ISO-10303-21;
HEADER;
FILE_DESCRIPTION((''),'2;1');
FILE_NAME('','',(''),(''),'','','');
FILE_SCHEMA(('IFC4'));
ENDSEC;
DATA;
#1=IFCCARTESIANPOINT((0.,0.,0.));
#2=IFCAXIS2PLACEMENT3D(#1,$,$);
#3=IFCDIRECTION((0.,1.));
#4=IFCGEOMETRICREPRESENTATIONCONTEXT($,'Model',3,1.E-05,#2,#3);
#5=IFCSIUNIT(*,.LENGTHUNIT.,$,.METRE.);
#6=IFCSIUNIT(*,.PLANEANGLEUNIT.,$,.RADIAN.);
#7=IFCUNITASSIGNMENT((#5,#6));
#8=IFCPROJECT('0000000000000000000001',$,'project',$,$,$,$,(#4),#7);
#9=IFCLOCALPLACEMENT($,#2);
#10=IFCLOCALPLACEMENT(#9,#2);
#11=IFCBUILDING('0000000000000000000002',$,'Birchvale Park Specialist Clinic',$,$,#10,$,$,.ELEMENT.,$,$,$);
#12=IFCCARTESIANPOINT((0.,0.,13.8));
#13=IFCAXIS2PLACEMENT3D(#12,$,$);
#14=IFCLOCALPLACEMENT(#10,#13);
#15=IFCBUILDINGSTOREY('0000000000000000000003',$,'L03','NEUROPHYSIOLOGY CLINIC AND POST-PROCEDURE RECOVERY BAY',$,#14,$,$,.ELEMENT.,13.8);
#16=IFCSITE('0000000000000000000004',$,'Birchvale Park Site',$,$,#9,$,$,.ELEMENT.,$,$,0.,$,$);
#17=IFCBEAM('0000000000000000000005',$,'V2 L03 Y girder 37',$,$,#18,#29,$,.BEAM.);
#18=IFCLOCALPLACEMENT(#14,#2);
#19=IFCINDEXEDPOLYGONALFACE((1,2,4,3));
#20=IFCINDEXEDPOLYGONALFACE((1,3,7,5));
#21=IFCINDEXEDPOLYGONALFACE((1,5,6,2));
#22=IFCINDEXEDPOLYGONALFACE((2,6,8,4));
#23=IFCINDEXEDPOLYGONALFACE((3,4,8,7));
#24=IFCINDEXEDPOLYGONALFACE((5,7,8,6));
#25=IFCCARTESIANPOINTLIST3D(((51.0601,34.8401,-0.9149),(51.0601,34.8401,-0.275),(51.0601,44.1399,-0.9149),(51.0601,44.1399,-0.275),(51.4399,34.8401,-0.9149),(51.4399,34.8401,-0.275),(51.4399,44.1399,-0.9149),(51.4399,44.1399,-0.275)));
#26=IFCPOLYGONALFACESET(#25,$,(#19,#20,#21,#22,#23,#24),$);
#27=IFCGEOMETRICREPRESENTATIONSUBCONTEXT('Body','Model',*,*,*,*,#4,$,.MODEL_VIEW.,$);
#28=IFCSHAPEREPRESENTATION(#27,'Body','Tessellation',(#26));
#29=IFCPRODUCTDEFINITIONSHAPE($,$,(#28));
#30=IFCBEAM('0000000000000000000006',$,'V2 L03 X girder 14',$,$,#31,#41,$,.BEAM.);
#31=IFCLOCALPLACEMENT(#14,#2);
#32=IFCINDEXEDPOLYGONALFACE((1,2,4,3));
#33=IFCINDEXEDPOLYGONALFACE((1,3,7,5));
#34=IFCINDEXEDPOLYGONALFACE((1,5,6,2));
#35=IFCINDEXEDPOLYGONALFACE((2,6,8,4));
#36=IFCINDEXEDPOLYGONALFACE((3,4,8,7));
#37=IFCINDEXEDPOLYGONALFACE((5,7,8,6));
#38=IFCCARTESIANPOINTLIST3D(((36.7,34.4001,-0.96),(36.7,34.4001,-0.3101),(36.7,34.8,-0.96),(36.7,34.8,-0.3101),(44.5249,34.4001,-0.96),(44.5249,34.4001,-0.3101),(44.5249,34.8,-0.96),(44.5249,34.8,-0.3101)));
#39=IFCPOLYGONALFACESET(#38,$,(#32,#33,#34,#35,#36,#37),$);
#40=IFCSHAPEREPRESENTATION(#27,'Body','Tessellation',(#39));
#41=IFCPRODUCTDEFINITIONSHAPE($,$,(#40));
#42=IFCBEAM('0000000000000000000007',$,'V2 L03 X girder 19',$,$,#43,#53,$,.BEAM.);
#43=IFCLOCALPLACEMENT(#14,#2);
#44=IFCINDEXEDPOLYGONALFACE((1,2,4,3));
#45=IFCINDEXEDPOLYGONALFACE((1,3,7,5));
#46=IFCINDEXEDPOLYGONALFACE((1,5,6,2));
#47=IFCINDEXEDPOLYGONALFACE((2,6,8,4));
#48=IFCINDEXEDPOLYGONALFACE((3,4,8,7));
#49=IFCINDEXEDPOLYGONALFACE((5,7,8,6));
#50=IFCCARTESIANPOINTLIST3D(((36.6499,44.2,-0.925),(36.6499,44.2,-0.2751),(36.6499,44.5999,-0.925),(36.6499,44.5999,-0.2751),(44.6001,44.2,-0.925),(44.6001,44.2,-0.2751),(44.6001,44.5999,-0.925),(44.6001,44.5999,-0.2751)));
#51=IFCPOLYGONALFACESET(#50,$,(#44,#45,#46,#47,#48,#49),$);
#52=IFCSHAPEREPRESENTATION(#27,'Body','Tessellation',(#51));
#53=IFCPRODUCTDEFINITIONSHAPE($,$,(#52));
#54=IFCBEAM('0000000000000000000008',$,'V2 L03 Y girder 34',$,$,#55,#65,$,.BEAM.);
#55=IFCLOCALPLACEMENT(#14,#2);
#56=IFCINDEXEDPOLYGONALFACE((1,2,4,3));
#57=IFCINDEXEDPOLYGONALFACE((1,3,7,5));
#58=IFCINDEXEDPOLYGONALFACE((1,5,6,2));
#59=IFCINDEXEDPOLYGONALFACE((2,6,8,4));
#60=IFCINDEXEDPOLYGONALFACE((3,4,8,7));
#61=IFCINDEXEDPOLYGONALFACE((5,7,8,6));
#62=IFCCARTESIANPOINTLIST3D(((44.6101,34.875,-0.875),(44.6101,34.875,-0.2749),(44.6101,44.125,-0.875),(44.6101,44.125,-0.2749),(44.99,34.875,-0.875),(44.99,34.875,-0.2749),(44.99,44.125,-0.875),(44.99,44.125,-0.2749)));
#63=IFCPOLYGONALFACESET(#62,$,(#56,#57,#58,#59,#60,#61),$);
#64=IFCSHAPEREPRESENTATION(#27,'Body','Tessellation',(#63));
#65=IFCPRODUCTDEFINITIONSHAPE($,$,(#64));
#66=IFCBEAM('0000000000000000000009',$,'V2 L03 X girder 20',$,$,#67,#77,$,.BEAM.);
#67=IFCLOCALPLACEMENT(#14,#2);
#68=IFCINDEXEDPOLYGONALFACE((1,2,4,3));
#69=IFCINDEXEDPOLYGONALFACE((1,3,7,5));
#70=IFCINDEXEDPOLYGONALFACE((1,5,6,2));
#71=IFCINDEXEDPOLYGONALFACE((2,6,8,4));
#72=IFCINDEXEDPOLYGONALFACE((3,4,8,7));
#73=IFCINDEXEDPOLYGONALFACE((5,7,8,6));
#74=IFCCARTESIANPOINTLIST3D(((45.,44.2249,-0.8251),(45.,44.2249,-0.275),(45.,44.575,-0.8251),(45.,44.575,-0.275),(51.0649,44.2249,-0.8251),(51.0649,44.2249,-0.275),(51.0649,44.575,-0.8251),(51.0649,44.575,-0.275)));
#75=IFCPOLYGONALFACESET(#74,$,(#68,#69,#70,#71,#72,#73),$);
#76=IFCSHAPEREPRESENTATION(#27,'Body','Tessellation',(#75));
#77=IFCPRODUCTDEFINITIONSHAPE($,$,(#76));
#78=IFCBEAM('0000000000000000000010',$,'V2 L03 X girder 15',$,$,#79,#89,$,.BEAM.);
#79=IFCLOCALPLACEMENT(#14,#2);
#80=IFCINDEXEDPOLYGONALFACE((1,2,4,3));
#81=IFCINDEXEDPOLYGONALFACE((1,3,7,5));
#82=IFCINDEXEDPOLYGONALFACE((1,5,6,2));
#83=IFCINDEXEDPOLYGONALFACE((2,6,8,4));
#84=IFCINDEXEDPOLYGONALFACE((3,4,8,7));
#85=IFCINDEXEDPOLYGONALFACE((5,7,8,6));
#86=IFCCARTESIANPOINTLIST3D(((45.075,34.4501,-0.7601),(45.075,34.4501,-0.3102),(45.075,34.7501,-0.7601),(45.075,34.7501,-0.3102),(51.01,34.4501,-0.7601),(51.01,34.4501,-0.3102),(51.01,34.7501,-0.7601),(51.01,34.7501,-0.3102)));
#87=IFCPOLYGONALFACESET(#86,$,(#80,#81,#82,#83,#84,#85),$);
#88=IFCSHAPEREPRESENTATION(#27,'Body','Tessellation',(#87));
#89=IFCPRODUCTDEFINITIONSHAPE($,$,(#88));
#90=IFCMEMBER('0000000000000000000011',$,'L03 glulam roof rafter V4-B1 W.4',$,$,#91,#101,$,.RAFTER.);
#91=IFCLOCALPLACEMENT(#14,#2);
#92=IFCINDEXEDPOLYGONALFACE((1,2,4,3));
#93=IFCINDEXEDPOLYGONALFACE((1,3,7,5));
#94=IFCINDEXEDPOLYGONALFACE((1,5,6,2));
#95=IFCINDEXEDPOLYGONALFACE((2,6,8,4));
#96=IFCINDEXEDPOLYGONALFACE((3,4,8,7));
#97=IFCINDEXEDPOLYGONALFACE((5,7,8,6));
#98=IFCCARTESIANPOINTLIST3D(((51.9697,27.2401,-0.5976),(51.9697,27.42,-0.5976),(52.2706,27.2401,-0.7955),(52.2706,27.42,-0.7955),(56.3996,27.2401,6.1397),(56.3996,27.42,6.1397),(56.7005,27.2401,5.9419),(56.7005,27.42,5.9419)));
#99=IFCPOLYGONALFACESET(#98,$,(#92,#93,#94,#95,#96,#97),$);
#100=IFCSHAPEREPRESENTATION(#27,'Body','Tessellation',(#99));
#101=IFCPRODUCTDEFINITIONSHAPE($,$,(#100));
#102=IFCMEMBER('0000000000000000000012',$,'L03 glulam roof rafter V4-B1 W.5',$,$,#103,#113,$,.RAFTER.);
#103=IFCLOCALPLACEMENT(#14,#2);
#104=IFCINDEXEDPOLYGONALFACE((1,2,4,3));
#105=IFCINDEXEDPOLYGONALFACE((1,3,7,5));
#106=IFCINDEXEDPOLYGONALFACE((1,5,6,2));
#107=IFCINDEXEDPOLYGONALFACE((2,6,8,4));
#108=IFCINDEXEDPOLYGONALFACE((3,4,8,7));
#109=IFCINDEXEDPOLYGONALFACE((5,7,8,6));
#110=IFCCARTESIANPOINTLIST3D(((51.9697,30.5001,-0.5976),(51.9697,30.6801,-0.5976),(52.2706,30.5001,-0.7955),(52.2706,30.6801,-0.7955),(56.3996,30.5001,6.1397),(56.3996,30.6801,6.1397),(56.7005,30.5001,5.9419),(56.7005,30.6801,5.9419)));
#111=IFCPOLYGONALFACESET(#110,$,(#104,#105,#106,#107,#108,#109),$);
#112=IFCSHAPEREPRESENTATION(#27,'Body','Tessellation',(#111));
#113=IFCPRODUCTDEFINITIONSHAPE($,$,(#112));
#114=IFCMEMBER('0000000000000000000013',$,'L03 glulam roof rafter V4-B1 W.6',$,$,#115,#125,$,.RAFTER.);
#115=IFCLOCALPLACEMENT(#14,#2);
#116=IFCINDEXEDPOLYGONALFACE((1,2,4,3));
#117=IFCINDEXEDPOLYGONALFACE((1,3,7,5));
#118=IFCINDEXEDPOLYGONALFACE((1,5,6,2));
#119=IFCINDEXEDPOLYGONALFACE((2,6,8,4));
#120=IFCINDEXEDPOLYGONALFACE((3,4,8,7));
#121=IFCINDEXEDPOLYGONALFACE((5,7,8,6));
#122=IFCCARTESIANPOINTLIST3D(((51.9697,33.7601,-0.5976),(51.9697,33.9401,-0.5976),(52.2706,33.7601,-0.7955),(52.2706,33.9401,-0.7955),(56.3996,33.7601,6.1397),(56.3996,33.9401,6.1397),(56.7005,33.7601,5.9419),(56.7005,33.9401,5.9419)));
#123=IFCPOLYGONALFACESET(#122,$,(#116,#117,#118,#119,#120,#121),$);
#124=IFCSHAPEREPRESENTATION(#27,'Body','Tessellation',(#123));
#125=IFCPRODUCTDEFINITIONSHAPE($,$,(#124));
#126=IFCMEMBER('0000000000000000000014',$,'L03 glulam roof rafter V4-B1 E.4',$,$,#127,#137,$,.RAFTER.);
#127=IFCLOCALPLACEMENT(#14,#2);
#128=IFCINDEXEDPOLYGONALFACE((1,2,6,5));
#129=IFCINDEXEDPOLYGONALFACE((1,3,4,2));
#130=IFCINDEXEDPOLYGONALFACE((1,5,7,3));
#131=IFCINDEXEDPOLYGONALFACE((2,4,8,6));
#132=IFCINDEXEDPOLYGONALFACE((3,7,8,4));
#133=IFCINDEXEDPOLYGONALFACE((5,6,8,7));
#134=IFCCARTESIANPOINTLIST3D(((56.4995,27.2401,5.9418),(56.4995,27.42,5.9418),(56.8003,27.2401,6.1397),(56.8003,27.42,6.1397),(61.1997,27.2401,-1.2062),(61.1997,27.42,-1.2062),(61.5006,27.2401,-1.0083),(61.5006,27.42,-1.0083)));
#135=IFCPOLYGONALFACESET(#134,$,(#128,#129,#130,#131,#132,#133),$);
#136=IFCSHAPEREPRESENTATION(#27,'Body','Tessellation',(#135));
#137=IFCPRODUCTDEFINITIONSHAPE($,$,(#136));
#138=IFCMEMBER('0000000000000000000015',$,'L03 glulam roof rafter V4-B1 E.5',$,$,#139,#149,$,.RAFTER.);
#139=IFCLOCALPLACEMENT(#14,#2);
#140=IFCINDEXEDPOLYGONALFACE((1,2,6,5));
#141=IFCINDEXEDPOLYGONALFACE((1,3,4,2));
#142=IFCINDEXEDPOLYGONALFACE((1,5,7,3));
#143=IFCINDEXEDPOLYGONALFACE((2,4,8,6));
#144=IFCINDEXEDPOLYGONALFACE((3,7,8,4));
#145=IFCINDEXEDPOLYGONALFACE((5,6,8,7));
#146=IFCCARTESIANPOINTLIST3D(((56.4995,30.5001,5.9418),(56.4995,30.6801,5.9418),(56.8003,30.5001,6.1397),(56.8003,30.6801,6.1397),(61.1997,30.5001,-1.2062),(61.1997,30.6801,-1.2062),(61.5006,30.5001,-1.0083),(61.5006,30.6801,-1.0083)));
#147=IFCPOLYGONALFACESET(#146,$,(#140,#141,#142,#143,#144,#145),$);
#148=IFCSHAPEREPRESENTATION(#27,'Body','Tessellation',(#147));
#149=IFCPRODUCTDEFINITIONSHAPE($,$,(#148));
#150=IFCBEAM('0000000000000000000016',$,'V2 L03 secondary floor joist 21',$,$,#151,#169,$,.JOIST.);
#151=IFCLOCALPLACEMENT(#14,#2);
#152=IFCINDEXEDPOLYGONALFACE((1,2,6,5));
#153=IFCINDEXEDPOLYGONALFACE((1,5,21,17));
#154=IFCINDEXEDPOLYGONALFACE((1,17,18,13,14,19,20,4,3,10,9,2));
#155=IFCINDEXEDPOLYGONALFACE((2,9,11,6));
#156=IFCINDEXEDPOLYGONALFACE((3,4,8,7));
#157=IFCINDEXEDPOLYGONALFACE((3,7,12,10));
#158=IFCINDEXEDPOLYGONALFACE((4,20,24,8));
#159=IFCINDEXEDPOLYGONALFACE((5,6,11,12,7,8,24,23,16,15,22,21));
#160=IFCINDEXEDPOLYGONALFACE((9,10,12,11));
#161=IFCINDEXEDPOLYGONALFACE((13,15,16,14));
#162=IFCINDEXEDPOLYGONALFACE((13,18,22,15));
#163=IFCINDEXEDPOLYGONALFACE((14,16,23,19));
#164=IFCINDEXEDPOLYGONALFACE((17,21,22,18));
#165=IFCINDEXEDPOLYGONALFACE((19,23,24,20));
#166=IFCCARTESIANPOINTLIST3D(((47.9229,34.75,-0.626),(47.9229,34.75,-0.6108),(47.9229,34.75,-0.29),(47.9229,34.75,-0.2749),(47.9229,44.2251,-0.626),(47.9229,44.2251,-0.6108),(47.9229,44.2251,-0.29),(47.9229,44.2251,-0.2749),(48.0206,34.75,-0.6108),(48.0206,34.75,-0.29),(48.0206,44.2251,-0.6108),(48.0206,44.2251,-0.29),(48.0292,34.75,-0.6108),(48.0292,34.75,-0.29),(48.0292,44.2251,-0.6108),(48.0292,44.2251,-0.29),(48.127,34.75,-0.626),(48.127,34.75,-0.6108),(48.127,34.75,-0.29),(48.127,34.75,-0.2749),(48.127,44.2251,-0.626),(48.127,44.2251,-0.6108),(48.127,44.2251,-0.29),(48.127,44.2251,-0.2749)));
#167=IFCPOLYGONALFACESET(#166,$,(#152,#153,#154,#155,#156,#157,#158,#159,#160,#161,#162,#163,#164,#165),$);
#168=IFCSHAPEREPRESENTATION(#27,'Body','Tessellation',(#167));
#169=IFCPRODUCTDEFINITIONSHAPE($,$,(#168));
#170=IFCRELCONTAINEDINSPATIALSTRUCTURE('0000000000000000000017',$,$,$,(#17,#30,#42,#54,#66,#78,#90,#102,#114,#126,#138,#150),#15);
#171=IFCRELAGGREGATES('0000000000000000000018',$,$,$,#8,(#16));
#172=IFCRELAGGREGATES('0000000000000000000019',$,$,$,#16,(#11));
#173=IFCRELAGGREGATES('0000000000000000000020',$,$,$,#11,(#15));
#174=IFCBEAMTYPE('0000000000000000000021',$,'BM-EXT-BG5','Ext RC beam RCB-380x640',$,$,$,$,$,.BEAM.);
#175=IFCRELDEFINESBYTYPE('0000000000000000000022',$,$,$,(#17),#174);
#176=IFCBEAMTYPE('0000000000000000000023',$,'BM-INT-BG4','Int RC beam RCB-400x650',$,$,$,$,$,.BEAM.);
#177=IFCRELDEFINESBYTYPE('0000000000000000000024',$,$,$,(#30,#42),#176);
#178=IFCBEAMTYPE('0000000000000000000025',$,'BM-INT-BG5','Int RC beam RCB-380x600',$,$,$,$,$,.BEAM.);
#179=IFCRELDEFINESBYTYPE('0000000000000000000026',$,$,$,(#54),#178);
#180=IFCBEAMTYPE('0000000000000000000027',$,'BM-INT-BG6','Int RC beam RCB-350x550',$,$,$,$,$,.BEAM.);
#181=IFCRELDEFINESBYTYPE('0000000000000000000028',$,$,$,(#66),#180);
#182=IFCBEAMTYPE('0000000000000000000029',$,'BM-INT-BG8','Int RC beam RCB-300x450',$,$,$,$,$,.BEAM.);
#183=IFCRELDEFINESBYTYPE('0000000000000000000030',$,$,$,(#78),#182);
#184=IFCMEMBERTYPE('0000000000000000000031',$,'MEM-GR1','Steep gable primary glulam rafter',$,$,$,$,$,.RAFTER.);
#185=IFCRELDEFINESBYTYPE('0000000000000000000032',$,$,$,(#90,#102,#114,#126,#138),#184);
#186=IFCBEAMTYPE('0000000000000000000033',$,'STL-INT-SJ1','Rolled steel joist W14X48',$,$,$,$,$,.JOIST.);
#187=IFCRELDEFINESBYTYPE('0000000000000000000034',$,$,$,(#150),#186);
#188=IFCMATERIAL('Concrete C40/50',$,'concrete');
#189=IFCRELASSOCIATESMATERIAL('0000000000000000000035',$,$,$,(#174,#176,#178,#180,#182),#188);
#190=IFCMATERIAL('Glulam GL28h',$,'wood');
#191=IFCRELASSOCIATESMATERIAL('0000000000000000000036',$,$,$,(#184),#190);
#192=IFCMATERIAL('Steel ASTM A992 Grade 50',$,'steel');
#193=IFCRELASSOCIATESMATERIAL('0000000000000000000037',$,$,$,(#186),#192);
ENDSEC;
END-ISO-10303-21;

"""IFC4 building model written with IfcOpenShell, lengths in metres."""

from ifc_helpers import new_model, si_unit, direction, frame, origin, origin_2d, place, context, subcontext, project, spatial, rectangle, i_section, extrude, material, material_profile, profile_set, type_object, element, save


model = new_model("IFC4")

# Units and contexts
model_context = context("Model", 3, precision=1e-05, world=origin(), true_north=direction((0.0, 1.0)))
body_context = subcontext(model_context, "Body", "Model", "MODEL_VIEW")
ifc_project = project(units=[si_unit("LENGTHUNIT", "METRE"), si_unit("PLANEANGLEUNIT", "RADIAN")], contexts=[model_context])

# Site, building, storey
site_placement = place(None, origin())
site = spatial("IfcSite", under=ifc_project, at=site_placement, Name="Birchvale Park Site", CompositionType="ELEMENT", RefElevation=0.0)
building_placement = place(site_placement, origin())
building = spatial("IfcBuilding", under=site, at=building_placement, Name="Birchvale Park Specialist Clinic", CompositionType="ELEMENT")
storey_placement = place(building_placement, frame((0.0, 0.0, 13.8)))
storey = spatial("IfcBuildingStorey", under=building, at=storey_placement, Name="L03", Description="NEUROPHYSIOLOGY CLINIC AND POST-PROCEDURE RECOVERY BAY", CompositionType="ELEMENT", Elevation=13.8)

# Beams
ifc_material_1 = material(Name="Concrete C40/50", Category="concrete")
ifc_material_profile_1 = material_profile(ifc_material_1, rectangle(XDim=0.3799, YDim=0.6399, at=origin_2d()), Name="RCB-380x640")
ifc_profile_set_1 = profile_set([ifc_material_profile_1], Name="Concrete C40/50")
beam_type_1 = type_object("IfcBeamType", Name="BM-EXT-BG5", Description="Ext RC beam RCB-380x640", PredefinedType="BEAM", material=ifc_profile_set_1)
beam_1_placement = place(storey_placement, frame((51.25, 34.8401, -0.595), z_axis=(0.0, 1.0, 0.0), x_axis=(-1.0, 0.0, 0.0)))
element("IfcBeam", 1, at=beam_1_placement, inside=storey, type_object=beam_type_1, Name="V2 L03 Y girder 37", PredefinedType="BEAM", context=body_context, shape_type="SweptSolid", body=[
    extrude(rectangle(XDim=0.3799, YDim=0.6399, at=origin_2d()), origin(), (0.0, 0.0, 1.0), 9.2998),
])
ifc_material_profile_2 = material_profile(ifc_material_1, rectangle(XDim=0.3999, YDim=0.6499, at=origin_2d()), Name="RCB-400x650")
ifc_profile_set_2 = profile_set([ifc_material_profile_2], Name="Concrete C40/50")
beam_type_2 = type_object("IfcBeamType", Name="BM-INT-BG4", Description="Int RC beam RCB-400x650", PredefinedType="BEAM", material=ifc_profile_set_2)
beam_2_placement = place(storey_placement, frame((36.7, 34.6001, -0.635), z_axis=(1.0, 0.0, 0.0), x_axis=(0.0, 1.0, 0.0)))
element("IfcBeam", 2, at=beam_2_placement, inside=storey, type_object=beam_type_2, Name="V2 L03 X girder 14", PredefinedType="BEAM", context=body_context, shape_type="SweptSolid", body=[
    extrude(rectangle(XDim=0.3999, YDim=0.6499, at=origin_2d()), origin(), (0.0, 0.0, 1.0), 7.825),
])
beam_3_placement = place(storey_placement, frame((36.6499, 44.3999, -0.6001), z_axis=(1.0, 0.0, 0.0), x_axis=(0.0, 1.0, 0.0)))
element("IfcBeam", 3, at=beam_3_placement, inside=storey, type_object=beam_type_2, Name="V2 L03 X girder 19", PredefinedType="BEAM", context=body_context, shape_type="SweptSolid", body=[
    extrude(rectangle(XDim=0.3999, YDim=0.6499, at=origin_2d()), origin(), (0.0, 0.0, 1.0), 7.9502),
])
ifc_material_profile_3 = material_profile(ifc_material_1, rectangle(XDim=0.3799, YDim=0.6001, at=origin_2d()), Name="RCB-380x600")
ifc_profile_set_3 = profile_set([ifc_material_profile_3], Name="Concrete C40/50")
beam_type_3 = type_object("IfcBeamType", Name="BM-INT-BG5", Description="Int RC beam RCB-380x600", PredefinedType="BEAM", material=ifc_profile_set_3)
beam_4_placement = place(storey_placement, frame((44.8, 34.875, -0.575), z_axis=(0.0, 1.0, 0.0), x_axis=(-1.0, 0.0, 0.0)))
element("IfcBeam", 4, at=beam_4_placement, inside=storey, type_object=beam_type_3, Name="V2 L03 Y girder 34", PredefinedType="BEAM", context=body_context, shape_type="SweptSolid", body=[
    extrude(rectangle(XDim=0.3799, YDim=0.6001, at=origin_2d()), origin(), (0.0, 0.0, 1.0), 9.25),
])
ifc_material_profile_4 = material_profile(ifc_material_1, rectangle(XDim=0.3501, YDim=0.55, at=origin_2d()), Name="RCB-350x550")
ifc_profile_set_4 = profile_set([ifc_material_profile_4], Name="Concrete C40/50")
beam_type_4 = type_object("IfcBeamType", Name="BM-INT-BG6", Description="Int RC beam RCB-350x550", PredefinedType="BEAM", material=ifc_profile_set_4)
beam_5_placement = place(storey_placement, frame((45.0, 44.3999, -0.55), z_axis=(1.0, 0.0, 0.0), x_axis=(0.0, 1.0, 0.0)))
element("IfcBeam", 5, at=beam_5_placement, inside=storey, type_object=beam_type_4, Name="V2 L03 X girder 20", PredefinedType="BEAM", context=body_context, shape_type="SweptSolid", body=[
    extrude(rectangle(XDim=0.3501, YDim=0.55, at=origin_2d()), origin(), (0.0, 0.0, 1.0), 6.0649),
])
ifc_material_profile_5 = material_profile(ifc_material_1, rectangle(XDim=0.3, YDim=0.45, at=origin_2d()), Name="RCB-300x450")
ifc_profile_set_5 = profile_set([ifc_material_profile_5], Name="Concrete C40/50")
beam_type_5 = type_object("IfcBeamType", Name="BM-INT-BG8", Description="Int RC beam RCB-300x450", PredefinedType="BEAM", material=ifc_profile_set_5)
beam_6_placement = place(storey_placement, frame((45.075, 34.6001, -0.5352), z_axis=(1.0, 0.0, 0.0), x_axis=(0.0, 1.0, 0.0)))
element("IfcBeam", 6, at=beam_6_placement, inside=storey, type_object=beam_type_5, Name="V2 L03 X girder 15", PredefinedType="BEAM", context=body_context, shape_type="SweptSolid", body=[
    extrude(rectangle(XDim=0.3, YDim=0.45, at=origin_2d()), origin(), (0.0, 0.0, 1.0), 5.9351),
])

# Members
ifc_material_2 = material(Name="Glulam GL28h", Category="wood")
ifc_material_profile_6 = material_profile(ifc_material_2, rectangle(XDim=0.1799, YDim=0.3601, at=origin_2d()), Name="GL-180x360")
ifc_profile_set_6 = profile_set([ifc_material_profile_6], Name="Glulam GL28h")
member_type = type_object("IfcMemberType", Name="MEM-GR1", Description="Steep gable primary glulam rafter", PredefinedType="RAFTER", material=ifc_profile_set_6)
for number, where, z_axis, x_axis, name in (
    (7, (52.1201, 27.3301, -0.6965), (0.5494, 0.0, 0.83556), (0.0, 1.0, 0.0), "L03 glulam roof rafter V4-B1 W.4"),
    (8, (52.1201, 30.5901, -0.6965), (0.5494, 0.0, 0.83556), (0.0, 1.0, 0.0), "L03 glulam roof rafter V4-B1 W.5"),
    (9, (52.1201, 33.8501, -0.6965), (0.5494, 0.0, 0.83556), (0.0, 1.0, 0.0), "L03 glulam roof rafter V4-B1 W.6"),
):
    element("IfcMember", number, at=place(storey_placement, frame(where, z_axis=z_axis, x_axis=x_axis)), inside=storey, type_object=member_type, Name=name, PredefinedType="RAFTER", context=body_context, shape_type="SweptSolid", body=[
        extrude(rectangle(XDim=0.1799, YDim=0.3601, at=origin_2d()), origin(), (0.0, 0.0, 1.0), 8.0632),
    ])
for number, where, z_axis, x_axis, name in (
    (10, (56.6499, 27.3301, 6.0408), (0.54942, 0.0, -0.835546), (0.0, 1.0, 0.0), "L03 glulam roof rafter V4-B1 E.4"),
    (11, (56.6499, 30.5901, 6.0408), (0.54942, 0.0, -0.835546), (0.0, 1.0, 0.0), "L03 glulam roof rafter V4-B1 E.5"),
):
    element("IfcMember", number, at=place(storey_placement, frame(where, z_axis=z_axis, x_axis=x_axis)), inside=storey, type_object=member_type, Name=name, PredefinedType="RAFTER", context=body_context, shape_type="SweptSolid", body=[
        extrude(rectangle(XDim=0.1799, YDim=0.3601, at=origin_2d()), origin(), (0.0, 0.0, 1.0), 8.5549),
    ])

# Beam
ifc_material_3 = material(Name="Steel ASTM A992 Grade 50", Category="steel")
ifc_material_profile_7 = material_profile(ifc_material_3, i_section(OverallWidth=0.2041, OverallDepth=0.3511, WebThickness=0.0085, FlangeThickness=0.0151, at=origin_2d()), Name="W14X48")
ifc_profile_set_7 = profile_set([ifc_material_profile_7], Name="Steel ASTM A992 Grade 50")
beam_type_6 = type_object("IfcBeamType", Name="STL-INT-SJ1", Description="Rolled steel joist W14X48", PredefinedType="JOIST", material=ifc_profile_set_7)
beam_7_placement = place(storey_placement, frame((48.0249, 34.75, -0.4504), z_axis=(0.0, 1.0, 0.0), x_axis=(-1.0, 0.0, 0.0)))
element("IfcBeam", 12, at=beam_7_placement, inside=storey, type_object=beam_type_6, Name="V2 L03 secondary floor joist 21", PredefinedType="JOIST", context=body_context, shape_type="SweptSolid", body=[
    extrude(i_section(OverallWidth=0.2041, OverallDepth=0.3511, WebThickness=0.0085, FlangeThickness=0.0151, at=origin_2d()), origin(), (0.0, 0.0, 1.0), 9.4751),
])

save(model, "model.ifc")
